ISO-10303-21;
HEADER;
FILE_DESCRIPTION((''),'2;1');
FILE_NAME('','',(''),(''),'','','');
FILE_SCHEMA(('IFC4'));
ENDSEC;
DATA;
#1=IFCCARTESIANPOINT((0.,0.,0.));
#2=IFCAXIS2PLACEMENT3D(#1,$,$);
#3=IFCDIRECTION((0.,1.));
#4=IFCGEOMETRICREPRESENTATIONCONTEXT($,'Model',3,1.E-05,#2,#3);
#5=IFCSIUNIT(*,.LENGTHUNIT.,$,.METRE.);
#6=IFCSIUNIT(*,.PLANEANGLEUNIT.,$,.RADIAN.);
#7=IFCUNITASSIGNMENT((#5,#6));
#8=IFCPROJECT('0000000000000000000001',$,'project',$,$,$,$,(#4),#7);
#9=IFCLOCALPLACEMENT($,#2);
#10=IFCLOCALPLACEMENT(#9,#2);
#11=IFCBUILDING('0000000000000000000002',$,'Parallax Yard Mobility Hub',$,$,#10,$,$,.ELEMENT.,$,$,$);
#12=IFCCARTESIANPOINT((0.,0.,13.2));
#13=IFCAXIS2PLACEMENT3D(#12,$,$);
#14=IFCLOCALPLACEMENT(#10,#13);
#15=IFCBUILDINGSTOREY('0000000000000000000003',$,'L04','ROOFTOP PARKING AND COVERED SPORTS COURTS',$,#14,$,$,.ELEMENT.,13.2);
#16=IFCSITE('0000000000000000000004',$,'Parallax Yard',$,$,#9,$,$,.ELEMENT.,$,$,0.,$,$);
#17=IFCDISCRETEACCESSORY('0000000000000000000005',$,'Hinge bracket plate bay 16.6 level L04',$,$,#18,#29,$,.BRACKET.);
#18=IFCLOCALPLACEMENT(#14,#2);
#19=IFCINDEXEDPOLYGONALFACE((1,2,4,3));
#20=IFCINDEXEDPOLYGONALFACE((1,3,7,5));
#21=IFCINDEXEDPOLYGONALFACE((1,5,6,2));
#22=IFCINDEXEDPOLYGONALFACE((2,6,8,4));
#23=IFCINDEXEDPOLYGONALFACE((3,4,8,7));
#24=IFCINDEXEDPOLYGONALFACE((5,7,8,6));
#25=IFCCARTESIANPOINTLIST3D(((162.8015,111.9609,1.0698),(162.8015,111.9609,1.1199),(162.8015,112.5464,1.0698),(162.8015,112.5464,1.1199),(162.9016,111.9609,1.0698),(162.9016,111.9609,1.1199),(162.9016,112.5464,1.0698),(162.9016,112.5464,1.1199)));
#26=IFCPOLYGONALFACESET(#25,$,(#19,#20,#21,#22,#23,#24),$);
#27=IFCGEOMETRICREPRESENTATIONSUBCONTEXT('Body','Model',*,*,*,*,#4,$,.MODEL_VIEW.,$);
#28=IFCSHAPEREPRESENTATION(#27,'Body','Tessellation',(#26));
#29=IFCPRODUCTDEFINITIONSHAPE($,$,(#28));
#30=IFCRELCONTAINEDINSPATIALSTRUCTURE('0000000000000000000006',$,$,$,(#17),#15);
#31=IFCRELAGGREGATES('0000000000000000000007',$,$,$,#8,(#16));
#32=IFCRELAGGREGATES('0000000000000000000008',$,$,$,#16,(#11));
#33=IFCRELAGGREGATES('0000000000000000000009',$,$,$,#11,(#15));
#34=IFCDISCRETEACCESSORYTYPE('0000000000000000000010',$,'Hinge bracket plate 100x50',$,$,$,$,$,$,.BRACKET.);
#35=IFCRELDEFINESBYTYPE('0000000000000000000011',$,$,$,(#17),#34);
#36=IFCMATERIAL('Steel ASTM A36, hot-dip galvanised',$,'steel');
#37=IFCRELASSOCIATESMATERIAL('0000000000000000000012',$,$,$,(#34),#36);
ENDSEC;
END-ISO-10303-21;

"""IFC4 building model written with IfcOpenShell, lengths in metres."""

from ifc_helpers import new_model, si_unit, direction, frame, origin, origin_2d, place, context, subcontext, project, spatial, rectangle, extrude, material, type_object, element, save


model = new_model("IFC4")

# Units and contexts
model_context = context("Model", 3, precision=1e-05, world=origin(), true_north=direction((0.0, 1.0)))
body_context = subcontext(model_context, "Body", "Model", "MODEL_VIEW")
ifc_project = project(units=[si_unit("LENGTHUNIT", "METRE"), si_unit("PLANEANGLEUNIT", "RADIAN")], contexts=[model_context])

# Site, building, storey
site_placement = place(None, origin())
site = spatial("IfcSite", under=ifc_project, at=site_placement, Name="Parallax Yard", CompositionType="ELEMENT", RefElevation=0.0)
building_placement = place(site_placement, origin())
building = spatial("IfcBuilding", under=site, at=building_placement, Name="Parallax Yard Mobility Hub", CompositionType="ELEMENT")
storey_placement = place(building_placement, frame((0.0, 0.0, 13.2)))
storey = spatial("IfcBuildingStorey", under=building, at=storey_placement, Name="L04", Description="ROOFTOP PARKING AND COVERED SPORTS COURTS", CompositionType="ELEMENT", Elevation=13.2)

# Discrete accessory
ifc_material_1 = material(Name="Steel ASTM A36, hot-dip galvanised", Category="steel")
discrete_accessory_type = type_object("IfcDiscreteAccessoryType", Name="Hinge bracket plate 100x50", PredefinedType="BRACKET", material=ifc_material_1)
discrete_accessory_1_placement = place(storey_placement, frame((162.8516, 112.2537, 1.0698), z_axis=(0.0, 0.0, 1.0), x_axis=(0.0, -1.0, 0.0)))
element("IfcDiscreteAccessory", 1, at=discrete_accessory_1_placement, inside=storey, type_object=discrete_accessory_type, Name="Hinge bracket plate bay 16.6 level L04", PredefinedType="BRACKET", context=body_context, shape_type="SweptSolid", body=[
    extrude(rectangle(XDim=0.5854, YDim=0.1001, at=origin_2d()), origin(), (0.0, 0.0, 1.0), 0.05),
])

save(model, "model.ifc")
